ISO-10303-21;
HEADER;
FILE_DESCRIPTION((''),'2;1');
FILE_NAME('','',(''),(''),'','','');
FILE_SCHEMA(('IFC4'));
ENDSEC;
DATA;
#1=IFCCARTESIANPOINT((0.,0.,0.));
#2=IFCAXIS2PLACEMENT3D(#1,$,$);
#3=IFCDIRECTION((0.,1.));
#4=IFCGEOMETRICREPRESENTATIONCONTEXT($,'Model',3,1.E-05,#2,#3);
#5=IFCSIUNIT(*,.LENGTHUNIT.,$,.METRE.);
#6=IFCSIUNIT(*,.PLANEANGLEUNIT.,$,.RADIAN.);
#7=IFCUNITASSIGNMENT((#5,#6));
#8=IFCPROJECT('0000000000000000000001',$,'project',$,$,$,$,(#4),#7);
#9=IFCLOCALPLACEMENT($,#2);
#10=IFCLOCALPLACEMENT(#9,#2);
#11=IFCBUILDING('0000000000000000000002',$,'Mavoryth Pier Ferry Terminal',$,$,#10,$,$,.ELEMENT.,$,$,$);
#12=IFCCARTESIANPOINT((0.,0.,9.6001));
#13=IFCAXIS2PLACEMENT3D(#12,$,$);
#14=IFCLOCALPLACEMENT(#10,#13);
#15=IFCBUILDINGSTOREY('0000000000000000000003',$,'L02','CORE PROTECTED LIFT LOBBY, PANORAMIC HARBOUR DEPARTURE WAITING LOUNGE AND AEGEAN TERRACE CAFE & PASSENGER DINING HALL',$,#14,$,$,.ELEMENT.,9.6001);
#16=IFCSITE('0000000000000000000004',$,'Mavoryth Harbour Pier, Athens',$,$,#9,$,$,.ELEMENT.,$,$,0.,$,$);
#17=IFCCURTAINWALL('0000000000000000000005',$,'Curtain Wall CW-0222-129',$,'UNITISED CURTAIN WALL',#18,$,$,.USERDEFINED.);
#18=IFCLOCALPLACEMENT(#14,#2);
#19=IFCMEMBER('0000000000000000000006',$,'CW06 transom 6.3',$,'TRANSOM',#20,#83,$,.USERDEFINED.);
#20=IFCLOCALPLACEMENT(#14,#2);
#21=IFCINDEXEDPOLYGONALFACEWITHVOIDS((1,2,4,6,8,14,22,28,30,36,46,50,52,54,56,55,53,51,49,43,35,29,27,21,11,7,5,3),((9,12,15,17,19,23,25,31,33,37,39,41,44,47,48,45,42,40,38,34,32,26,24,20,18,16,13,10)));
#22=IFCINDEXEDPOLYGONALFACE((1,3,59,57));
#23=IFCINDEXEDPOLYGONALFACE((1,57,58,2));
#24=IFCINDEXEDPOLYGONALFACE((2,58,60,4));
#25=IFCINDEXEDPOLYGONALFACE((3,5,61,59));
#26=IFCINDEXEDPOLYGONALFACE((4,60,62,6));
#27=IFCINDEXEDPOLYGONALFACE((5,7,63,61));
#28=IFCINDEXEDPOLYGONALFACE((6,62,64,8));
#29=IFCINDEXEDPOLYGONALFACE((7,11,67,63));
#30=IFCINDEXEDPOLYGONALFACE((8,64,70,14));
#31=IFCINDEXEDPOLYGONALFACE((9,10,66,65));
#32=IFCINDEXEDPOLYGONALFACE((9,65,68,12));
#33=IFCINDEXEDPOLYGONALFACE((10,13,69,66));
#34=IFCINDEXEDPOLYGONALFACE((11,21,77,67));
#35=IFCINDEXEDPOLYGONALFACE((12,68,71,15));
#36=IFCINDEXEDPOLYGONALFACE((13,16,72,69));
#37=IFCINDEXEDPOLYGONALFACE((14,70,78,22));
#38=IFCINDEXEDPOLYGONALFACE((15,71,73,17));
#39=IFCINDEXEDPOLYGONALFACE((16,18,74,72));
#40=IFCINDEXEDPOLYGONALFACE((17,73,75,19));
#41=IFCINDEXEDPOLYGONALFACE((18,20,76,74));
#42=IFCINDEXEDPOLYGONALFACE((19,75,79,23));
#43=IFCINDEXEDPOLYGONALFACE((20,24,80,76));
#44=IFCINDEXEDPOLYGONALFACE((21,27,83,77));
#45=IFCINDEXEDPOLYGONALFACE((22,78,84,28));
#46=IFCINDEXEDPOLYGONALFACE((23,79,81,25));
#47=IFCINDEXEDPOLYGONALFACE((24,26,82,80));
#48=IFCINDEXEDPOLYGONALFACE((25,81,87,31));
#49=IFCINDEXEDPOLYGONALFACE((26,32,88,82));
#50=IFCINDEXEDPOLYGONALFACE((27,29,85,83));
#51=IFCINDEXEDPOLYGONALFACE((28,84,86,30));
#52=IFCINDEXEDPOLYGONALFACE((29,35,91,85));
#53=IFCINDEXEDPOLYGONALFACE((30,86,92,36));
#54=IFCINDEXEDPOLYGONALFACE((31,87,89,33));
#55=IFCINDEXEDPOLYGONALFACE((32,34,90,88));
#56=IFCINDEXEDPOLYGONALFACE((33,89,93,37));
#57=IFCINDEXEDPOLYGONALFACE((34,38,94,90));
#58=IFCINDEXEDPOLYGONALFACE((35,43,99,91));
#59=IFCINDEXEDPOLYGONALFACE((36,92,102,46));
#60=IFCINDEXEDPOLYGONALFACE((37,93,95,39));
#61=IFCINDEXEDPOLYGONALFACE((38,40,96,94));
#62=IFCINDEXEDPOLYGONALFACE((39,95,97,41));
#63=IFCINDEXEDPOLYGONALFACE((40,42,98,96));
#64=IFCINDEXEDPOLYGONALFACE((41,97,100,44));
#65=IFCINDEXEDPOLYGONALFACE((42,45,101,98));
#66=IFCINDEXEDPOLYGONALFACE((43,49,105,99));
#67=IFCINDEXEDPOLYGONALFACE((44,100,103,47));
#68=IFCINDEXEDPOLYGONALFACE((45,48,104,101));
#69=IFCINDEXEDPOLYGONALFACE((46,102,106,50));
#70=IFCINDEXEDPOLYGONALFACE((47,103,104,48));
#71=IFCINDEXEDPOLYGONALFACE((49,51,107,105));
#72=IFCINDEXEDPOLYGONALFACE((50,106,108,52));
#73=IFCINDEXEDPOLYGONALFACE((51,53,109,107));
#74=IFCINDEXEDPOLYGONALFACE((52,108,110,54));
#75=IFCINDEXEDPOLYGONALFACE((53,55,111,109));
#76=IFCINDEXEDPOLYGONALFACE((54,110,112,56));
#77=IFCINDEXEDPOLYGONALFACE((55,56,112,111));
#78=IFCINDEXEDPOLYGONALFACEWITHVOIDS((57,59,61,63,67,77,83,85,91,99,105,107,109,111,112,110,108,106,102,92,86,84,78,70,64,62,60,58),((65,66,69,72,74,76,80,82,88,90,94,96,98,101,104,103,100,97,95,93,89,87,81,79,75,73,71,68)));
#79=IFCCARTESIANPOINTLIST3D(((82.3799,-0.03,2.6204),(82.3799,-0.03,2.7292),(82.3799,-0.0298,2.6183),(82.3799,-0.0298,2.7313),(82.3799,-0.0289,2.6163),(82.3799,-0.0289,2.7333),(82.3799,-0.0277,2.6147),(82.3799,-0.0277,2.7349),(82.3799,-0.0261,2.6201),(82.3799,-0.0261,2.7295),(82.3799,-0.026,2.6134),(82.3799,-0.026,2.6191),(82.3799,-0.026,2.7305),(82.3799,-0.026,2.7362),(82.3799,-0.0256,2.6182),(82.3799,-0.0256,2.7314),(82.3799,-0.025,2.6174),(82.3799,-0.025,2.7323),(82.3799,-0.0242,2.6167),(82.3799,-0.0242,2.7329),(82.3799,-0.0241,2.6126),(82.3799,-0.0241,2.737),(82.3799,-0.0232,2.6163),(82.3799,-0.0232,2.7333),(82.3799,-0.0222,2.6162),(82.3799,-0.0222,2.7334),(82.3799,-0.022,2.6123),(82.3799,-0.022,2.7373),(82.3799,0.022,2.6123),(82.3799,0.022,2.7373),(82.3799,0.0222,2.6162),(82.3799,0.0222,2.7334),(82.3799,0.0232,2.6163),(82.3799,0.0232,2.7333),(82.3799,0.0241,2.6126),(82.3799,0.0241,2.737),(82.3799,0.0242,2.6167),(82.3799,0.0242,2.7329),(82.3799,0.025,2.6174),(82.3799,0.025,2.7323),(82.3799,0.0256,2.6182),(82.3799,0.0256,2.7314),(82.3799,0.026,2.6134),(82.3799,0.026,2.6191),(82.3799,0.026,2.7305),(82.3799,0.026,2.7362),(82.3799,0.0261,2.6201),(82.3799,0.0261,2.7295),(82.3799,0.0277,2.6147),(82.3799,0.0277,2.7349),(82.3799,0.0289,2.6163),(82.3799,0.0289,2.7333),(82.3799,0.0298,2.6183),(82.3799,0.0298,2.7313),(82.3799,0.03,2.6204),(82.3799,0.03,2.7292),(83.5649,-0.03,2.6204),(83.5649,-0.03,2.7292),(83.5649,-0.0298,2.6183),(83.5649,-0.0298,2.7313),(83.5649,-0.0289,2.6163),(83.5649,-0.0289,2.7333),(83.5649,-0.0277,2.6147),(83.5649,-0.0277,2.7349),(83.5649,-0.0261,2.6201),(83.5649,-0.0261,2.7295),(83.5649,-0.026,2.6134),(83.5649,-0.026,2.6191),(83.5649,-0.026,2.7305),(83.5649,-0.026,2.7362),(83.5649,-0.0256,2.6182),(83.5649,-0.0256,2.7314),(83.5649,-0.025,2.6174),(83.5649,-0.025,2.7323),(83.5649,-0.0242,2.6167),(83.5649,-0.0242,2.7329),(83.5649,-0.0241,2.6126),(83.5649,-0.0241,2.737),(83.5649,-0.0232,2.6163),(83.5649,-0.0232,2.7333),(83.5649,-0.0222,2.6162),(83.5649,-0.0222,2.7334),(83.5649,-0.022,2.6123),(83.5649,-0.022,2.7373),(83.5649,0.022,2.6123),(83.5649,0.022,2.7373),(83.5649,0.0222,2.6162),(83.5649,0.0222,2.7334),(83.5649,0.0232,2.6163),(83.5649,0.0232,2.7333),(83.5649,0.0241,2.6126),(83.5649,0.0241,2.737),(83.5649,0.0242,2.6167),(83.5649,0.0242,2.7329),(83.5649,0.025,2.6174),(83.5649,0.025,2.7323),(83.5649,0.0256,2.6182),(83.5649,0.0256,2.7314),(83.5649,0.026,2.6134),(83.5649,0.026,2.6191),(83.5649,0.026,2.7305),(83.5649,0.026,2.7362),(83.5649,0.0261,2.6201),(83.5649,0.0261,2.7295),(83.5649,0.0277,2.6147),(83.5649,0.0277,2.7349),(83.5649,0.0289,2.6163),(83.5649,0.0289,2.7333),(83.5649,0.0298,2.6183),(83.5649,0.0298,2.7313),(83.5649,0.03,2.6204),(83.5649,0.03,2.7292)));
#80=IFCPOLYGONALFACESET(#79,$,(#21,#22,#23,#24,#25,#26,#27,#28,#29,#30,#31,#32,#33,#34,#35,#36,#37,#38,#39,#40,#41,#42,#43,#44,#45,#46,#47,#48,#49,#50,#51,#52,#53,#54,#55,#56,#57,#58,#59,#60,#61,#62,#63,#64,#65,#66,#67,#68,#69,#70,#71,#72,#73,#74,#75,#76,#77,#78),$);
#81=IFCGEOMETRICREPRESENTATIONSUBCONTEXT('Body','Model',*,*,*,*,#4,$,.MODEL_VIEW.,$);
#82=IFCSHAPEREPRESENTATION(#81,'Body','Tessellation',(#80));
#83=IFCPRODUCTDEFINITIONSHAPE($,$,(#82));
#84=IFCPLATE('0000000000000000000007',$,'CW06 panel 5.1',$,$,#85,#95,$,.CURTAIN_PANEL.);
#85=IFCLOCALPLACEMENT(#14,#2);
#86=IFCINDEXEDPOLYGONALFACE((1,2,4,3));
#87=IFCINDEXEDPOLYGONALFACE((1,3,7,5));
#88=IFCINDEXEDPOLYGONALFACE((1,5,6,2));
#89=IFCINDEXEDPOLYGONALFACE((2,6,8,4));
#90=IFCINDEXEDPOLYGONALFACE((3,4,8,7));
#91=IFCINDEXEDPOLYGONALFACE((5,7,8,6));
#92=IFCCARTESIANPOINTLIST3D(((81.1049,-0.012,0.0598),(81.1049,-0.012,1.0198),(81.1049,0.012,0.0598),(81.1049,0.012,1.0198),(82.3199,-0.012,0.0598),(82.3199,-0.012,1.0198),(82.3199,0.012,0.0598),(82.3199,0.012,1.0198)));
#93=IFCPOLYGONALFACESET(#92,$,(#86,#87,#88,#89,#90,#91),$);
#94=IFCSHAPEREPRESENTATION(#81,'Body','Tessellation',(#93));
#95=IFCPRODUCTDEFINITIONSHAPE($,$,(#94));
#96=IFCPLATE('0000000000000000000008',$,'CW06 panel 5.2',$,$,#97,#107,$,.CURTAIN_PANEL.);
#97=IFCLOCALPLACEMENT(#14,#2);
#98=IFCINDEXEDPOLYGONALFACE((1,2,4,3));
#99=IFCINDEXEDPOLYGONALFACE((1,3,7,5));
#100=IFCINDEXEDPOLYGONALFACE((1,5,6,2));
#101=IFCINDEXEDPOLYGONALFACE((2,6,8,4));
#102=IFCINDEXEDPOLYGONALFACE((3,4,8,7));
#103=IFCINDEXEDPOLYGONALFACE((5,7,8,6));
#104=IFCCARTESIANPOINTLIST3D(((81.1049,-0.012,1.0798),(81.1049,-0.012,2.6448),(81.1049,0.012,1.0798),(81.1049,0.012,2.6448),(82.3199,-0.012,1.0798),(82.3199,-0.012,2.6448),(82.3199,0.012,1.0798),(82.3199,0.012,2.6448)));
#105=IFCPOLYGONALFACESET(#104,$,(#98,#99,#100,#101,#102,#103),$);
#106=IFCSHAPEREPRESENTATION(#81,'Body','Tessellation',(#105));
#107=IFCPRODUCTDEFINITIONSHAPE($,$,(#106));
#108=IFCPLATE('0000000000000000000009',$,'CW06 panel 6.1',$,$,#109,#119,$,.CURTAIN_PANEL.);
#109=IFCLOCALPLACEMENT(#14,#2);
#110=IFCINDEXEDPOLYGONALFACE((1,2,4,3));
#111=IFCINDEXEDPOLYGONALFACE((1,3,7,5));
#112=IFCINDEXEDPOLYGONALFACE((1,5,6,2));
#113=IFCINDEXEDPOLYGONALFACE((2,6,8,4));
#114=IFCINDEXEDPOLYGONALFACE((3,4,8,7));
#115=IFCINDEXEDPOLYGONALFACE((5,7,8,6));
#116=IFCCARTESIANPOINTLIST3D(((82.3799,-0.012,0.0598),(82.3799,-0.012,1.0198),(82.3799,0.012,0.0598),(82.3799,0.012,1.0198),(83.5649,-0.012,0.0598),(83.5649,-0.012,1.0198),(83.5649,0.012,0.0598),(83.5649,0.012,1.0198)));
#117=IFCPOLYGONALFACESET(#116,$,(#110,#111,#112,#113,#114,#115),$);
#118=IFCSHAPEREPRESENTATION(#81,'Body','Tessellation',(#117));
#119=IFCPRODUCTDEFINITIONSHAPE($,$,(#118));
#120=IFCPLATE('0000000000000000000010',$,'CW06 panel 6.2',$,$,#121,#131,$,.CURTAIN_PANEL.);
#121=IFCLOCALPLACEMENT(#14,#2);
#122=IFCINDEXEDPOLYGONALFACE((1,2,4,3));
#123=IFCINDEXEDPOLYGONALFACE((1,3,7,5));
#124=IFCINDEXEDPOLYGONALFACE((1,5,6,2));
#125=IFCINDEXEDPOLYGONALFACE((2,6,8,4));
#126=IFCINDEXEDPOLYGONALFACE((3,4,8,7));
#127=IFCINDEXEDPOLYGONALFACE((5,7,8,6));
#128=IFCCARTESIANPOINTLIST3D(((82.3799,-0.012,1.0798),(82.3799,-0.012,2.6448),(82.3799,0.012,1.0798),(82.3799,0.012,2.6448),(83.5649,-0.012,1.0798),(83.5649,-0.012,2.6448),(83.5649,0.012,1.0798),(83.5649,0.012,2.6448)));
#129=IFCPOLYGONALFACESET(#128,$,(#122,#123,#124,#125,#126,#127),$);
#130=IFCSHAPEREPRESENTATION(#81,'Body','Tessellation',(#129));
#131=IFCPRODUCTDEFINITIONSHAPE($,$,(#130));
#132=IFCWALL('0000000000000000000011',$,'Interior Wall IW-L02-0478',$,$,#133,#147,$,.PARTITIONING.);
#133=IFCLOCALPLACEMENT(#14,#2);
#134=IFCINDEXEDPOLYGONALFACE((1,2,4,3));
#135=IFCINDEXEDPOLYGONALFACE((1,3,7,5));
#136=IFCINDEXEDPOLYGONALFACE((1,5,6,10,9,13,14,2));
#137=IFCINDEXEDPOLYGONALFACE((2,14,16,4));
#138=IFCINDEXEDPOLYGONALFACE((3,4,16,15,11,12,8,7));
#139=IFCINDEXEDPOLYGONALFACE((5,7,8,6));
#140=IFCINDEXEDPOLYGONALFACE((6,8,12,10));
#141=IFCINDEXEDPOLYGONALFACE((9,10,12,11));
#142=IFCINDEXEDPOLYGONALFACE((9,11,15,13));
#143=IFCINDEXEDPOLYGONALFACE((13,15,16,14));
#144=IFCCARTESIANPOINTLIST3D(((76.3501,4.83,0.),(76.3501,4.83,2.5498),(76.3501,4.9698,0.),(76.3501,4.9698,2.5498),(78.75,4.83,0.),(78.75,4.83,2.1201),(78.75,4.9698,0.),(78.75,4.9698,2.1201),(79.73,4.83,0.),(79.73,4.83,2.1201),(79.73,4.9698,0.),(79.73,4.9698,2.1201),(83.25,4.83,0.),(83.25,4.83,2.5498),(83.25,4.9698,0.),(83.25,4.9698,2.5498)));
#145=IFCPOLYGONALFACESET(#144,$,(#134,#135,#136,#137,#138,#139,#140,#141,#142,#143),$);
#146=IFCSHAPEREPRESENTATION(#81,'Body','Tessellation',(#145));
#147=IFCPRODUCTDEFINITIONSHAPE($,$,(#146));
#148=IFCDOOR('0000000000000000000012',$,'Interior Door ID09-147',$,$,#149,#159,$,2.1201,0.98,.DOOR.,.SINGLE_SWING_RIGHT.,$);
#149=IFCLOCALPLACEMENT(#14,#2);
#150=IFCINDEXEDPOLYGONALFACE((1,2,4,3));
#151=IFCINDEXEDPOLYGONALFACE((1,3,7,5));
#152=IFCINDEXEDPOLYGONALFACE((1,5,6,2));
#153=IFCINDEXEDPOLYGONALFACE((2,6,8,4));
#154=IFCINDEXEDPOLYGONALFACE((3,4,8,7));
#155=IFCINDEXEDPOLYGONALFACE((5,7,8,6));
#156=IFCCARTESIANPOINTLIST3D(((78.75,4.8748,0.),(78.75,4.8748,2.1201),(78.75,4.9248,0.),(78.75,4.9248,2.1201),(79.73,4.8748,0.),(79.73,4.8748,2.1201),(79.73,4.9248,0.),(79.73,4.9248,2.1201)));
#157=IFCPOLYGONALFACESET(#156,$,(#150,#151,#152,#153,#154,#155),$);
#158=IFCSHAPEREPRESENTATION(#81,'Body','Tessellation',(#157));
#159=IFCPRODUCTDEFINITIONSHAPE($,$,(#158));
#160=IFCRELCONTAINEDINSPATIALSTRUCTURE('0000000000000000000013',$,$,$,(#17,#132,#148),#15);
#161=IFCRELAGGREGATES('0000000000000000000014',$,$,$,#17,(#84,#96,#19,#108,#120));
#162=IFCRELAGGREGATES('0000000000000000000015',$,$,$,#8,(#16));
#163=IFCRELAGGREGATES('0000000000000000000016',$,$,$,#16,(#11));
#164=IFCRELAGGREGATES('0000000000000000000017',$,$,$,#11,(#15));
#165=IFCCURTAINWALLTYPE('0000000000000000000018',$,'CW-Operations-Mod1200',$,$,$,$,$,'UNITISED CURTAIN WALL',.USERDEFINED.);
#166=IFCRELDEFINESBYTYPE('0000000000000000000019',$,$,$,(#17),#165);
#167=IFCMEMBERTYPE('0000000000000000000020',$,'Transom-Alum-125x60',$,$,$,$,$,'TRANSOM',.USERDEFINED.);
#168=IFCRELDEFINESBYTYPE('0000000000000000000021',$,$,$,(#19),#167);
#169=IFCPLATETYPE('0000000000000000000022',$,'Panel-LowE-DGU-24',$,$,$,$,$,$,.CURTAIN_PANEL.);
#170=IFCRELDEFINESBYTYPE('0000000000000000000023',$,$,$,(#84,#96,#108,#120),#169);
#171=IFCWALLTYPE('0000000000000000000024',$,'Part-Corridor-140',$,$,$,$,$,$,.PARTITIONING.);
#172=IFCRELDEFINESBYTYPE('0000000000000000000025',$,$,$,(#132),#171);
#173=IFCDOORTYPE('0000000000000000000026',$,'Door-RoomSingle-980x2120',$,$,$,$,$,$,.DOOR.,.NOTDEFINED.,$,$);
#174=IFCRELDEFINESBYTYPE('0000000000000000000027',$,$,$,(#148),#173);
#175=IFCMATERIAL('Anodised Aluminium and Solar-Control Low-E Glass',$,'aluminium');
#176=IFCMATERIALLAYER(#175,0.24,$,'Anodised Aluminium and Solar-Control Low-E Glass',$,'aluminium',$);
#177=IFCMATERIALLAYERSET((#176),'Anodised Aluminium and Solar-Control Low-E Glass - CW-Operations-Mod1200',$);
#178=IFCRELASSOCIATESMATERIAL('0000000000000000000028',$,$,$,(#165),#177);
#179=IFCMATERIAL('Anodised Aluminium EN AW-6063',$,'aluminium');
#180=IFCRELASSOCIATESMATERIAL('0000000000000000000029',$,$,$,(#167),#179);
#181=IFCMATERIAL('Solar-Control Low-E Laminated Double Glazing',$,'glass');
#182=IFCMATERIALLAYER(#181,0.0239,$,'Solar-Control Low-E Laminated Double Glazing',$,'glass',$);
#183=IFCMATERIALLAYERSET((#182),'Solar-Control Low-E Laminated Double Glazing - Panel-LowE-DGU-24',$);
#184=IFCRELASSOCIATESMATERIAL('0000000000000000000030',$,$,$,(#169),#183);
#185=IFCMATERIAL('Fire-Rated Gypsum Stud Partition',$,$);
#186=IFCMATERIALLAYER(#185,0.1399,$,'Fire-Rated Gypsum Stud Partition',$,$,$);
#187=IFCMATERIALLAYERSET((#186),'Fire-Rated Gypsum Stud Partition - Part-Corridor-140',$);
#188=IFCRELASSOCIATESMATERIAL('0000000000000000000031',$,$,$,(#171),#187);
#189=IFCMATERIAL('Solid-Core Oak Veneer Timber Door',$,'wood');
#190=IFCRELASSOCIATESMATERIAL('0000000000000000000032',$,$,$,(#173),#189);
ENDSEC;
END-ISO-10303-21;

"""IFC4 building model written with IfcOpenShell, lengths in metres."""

from ifc_helpers import new_model, si_unit, direction, frame, frame_2d, origin, origin_2d, place, context, subcontext, project, spatial, rectangle, hollow_rectangle, extrude, material, layer, layer_set, material_profile, profile_set, type_object, element, fill, aggregate, save


model = new_model("IFC4")

# Units and contexts
model_context = context("Model", 3, precision=1e-05, world=origin(), true_north=direction((0.0, 1.0)))
body_context = subcontext(model_context, "Body", "Model", "MODEL_VIEW")
ifc_project = project(units=[si_unit("LENGTHUNIT", "METRE"), si_unit("PLANEANGLEUNIT", "RADIAN")], contexts=[model_context])

# Site, building, storey
site_placement = place(None, origin())
site = spatial("IfcSite", under=ifc_project, at=site_placement, Name="Mavoryth Harbour Pier, Athens", CompositionType="ELEMENT", RefElevation=0.0)
building_placement = place(site_placement, origin())
building = spatial("IfcBuilding", under=site, at=building_placement, Name="Mavoryth Pier Ferry Terminal", CompositionType="ELEMENT")
storey_placement = place(building_placement, frame((0.0, 0.0, 9.6001)))
storey = spatial("IfcBuildingStorey", under=building, at=storey_placement, Name="L02", Description="CORE PROTECTED LIFT LOBBY, PANORAMIC HARBOUR DEPARTURE WAITING LOUNGE AND AEGEAN TERRACE CAFE & PASSENGER DINING HALL", CompositionType="ELEMENT", Elevation=9.6001)

# Curtain wall, member, plates
ifc_material_1 = material(Name="Anodised Aluminium and Solar-Control Low-E Glass", Category="aluminium")
ifc_layer_1 = layer(ifc_material_1, 0.24, Name="Anodised Aluminium and Solar-Control Low-E Glass", Category="aluminium")
ifc_layer_set_1 = layer_set([ifc_layer_1], Name="Anodised Aluminium and Solar-Control Low-E Glass - CW-Operations-Mod1200")
curtain_wall_type = type_object("IfcCurtainWallType", Name="CW-Operations-Mod1200", ElementType="UNITISED CURTAIN WALL", PredefinedType="USERDEFINED", material=ifc_layer_set_1)
curtain_wall_placement = place(storey_placement, origin())
curtain_wall = element("IfcCurtainWall", 1, at=curtain_wall_placement, inside=storey, type_object=curtain_wall_type, Name="Curtain Wall CW-0222-129", ObjectType="UNITISED CURTAIN WALL", PredefinedType="USERDEFINED")
ifc_material_2 = material(Name="Anodised Aluminium EN AW-6063", Category="aluminium")
ifc_material_profile_1 = material_profile(ifc_material_2, hollow_rectangle(XDim=0.0601, YDim=0.125, WallThickness=0.0039, InnerFilletRadius=0.0039, OuterFilletRadius=0.0081, at=origin_2d()), Name="AL-TRAN 125x60x4", Category="aluminium")
ifc_profile_set_1 = profile_set([ifc_material_profile_1], Name="Anodised Aluminium EN AW-6063 - AL-TRAN 125x60x4")
member_type_1 = type_object("IfcMemberType", Name="Transom-Alum-125x60", ElementType="TRANSOM", PredefinedType="USERDEFINED", material=ifc_profile_set_1)
member_1_placement = place(storey_placement, frame((82.3799, 0.0, 2.6748), z_axis=(1.0, 0.0, 0.0), x_axis=(0.0, 1.0, 0.0)))
member_1 = element("IfcMember", 2, at=member_1_placement, type_object=member_type_1, Name="CW06 transom 6.3", ObjectType="TRANSOM", PredefinedType="USERDEFINED", context=body_context, shape_type="SweptSolid", body=[
    extrude(hollow_rectangle(XDim=0.0601, YDim=0.125, WallThickness=0.0039, InnerFilletRadius=0.0039, OuterFilletRadius=0.0081, at=origin_2d()), origin(), (0.0, 0.0, 1.0), 1.1851),
])
ifc_material_3 = material(Name="Solar-Control Low-E Laminated Double Glazing", Category="glass")
ifc_layer_2 = layer(ifc_material_3, 0.0239, Name="Solar-Control Low-E Laminated Double Glazing", Category="glass")
ifc_layer_set_2 = layer_set([ifc_layer_2], Name="Solar-Control Low-E Laminated Double Glazing - Panel-LowE-DGU-24")
plate_type = type_object("IfcPlateType", Name="Panel-LowE-DGU-24", PredefinedType="CURTAIN_PANEL", material=ifc_layer_set_2)
plate_1_placement = place(storey_placement, frame((81.7124, 0.0, 0.0598), z_axis=(0.0, 0.0, 1.0), x_axis=(1.0, 0.0, 0.0)))
plate_1 = element("IfcPlate", 3, at=plate_1_placement, type_object=plate_type, Name="CW06 panel 5.1", PredefinedType="CURTAIN_PANEL", context=body_context, shape_type="SweptSolid", body=[
    extrude(rectangle(XDim=1.2151, YDim=0.0239, at=origin_2d()), origin(), (0.0, 0.0, 1.0), 0.96),
])
plate_2_placement = place(storey_placement, frame((81.7124, 0.0, 1.0798), z_axis=(0.0, 0.0, 1.0), x_axis=(1.0, 0.0, 0.0)))
plate_2 = element("IfcPlate", 4, at=plate_2_placement, type_object=plate_type, Name="CW06 panel 5.2", PredefinedType="CURTAIN_PANEL", context=body_context, shape_type="SweptSolid", body=[
    extrude(rectangle(XDim=1.2151, YDim=0.0239, at=origin_2d()), origin(), (0.0, 0.0, 1.0), 1.5649),
])
plate_3_placement = place(storey_placement, frame((82.9724, 0.0, 0.0598), z_axis=(0.0, 0.0, 1.0), x_axis=(1.0, 0.0, 0.0)))
plate_3 = element("IfcPlate", 5, at=plate_3_placement, type_object=plate_type, Name="CW06 panel 6.1", PredefinedType="CURTAIN_PANEL", context=body_context, shape_type="SweptSolid", body=[
    extrude(rectangle(XDim=1.1851, YDim=0.0239, at=origin_2d()), origin(), (0.0, 0.0, 1.0), 0.96),
])
plate_4_placement = place(storey_placement, frame((82.9724, 0.0, 1.0798), z_axis=(0.0, 0.0, 1.0), x_axis=(1.0, 0.0, 0.0)))
plate_4 = element("IfcPlate", 6, at=plate_4_placement, type_object=plate_type, Name="CW06 panel 6.2", PredefinedType="CURTAIN_PANEL", context=body_context, shape_type="SweptSolid", body=[
    extrude(rectangle(XDim=1.1851, YDim=0.0239, at=origin_2d()), origin(), (0.0, 0.0, 1.0), 1.5649),
])
aggregate(curtain_wall, [plate_1, plate_2, member_1, plate_3, plate_4])

# Wall, opening, door
ifc_material_4 = material(Name="Fire-Rated Gypsum Stud Partition")
ifc_layer_3 = layer(ifc_material_4, 0.1399, Name="Fire-Rated Gypsum Stud Partition")
ifc_layer_set_3 = layer_set([ifc_layer_3], Name="Fire-Rated Gypsum Stud Partition - Part-Corridor-140")
wall_type = type_object("IfcWallType", Name="Part-Corridor-140", PredefinedType="PARTITIONING", material=ifc_layer_set_3)
wall_placement = place(storey_placement, frame((76.3501, 4.8999, 0.0), z_axis=(0.0, 0.0, 1.0), x_axis=(1.0, 0.0, 0.0)))
wall = element("IfcWall", 7, at=wall_placement, inside=storey, type_object=wall_type, Name="Interior Wall IW-L02-0478", PredefinedType="PARTITIONING", context=body_context, shape_type="SweptSolid", body=[
    extrude(rectangle(XDim=6.8999, YDim=0.1399, at=frame_2d((3.45, 0.0))), origin(), (0.0, 0.0, 1.0), 2.5498),
])
opening_placement = place(wall_placement, frame((2.3999, 0.0, 0.0)))
opening = element("IfcOpeningElement", 8, at=opening_placement, cuts=wall, PredefinedType="OPENING", context=body_context, shape_type="SweptSolid", body=[
    extrude(rectangle(XDim=0.98, YDim=2.1201, at=frame_2d((0.49, 1.0601))), frame((0.0, 0.0798, 0.0), z_axis=(0.0, -1.0, 0.0), x_axis=(1.0, 0.0, 0.0)), (0.0, 0.0, 1.0), 0.1599),
])
ifc_material_5 = material(Name="Solid-Core Oak Veneer Timber Door", Category="wood")
door_type = type_object("IfcDoorType", Name="Door-RoomSingle-980x2120", OperationType="NOTDEFINED", PredefinedType="DOOR", material=ifc_material_5)
door_placement = place(opening_placement, origin())
door = element("IfcDoor", 9, at=door_placement, inside=storey, type_object=door_type, Name="Interior Door ID09-147", OperationType="SINGLE_SWING_RIGHT", OverallHeight=2.1201, OverallWidth=0.98, PredefinedType="DOOR", context=body_context, shape_type="SweptSolid", body=[
    extrude(rectangle(XDim=0.98, YDim=2.1201, at=frame_2d((0.49, 1.0601))), frame((0.0, 0.0249, 0.0), z_axis=(0.0, -1.0, 0.0), x_axis=(1.0, 0.0, 0.0)), (0.0, 0.0, 1.0), 0.05),
])
fill(opening, door)

save(model, "model.ifc")
